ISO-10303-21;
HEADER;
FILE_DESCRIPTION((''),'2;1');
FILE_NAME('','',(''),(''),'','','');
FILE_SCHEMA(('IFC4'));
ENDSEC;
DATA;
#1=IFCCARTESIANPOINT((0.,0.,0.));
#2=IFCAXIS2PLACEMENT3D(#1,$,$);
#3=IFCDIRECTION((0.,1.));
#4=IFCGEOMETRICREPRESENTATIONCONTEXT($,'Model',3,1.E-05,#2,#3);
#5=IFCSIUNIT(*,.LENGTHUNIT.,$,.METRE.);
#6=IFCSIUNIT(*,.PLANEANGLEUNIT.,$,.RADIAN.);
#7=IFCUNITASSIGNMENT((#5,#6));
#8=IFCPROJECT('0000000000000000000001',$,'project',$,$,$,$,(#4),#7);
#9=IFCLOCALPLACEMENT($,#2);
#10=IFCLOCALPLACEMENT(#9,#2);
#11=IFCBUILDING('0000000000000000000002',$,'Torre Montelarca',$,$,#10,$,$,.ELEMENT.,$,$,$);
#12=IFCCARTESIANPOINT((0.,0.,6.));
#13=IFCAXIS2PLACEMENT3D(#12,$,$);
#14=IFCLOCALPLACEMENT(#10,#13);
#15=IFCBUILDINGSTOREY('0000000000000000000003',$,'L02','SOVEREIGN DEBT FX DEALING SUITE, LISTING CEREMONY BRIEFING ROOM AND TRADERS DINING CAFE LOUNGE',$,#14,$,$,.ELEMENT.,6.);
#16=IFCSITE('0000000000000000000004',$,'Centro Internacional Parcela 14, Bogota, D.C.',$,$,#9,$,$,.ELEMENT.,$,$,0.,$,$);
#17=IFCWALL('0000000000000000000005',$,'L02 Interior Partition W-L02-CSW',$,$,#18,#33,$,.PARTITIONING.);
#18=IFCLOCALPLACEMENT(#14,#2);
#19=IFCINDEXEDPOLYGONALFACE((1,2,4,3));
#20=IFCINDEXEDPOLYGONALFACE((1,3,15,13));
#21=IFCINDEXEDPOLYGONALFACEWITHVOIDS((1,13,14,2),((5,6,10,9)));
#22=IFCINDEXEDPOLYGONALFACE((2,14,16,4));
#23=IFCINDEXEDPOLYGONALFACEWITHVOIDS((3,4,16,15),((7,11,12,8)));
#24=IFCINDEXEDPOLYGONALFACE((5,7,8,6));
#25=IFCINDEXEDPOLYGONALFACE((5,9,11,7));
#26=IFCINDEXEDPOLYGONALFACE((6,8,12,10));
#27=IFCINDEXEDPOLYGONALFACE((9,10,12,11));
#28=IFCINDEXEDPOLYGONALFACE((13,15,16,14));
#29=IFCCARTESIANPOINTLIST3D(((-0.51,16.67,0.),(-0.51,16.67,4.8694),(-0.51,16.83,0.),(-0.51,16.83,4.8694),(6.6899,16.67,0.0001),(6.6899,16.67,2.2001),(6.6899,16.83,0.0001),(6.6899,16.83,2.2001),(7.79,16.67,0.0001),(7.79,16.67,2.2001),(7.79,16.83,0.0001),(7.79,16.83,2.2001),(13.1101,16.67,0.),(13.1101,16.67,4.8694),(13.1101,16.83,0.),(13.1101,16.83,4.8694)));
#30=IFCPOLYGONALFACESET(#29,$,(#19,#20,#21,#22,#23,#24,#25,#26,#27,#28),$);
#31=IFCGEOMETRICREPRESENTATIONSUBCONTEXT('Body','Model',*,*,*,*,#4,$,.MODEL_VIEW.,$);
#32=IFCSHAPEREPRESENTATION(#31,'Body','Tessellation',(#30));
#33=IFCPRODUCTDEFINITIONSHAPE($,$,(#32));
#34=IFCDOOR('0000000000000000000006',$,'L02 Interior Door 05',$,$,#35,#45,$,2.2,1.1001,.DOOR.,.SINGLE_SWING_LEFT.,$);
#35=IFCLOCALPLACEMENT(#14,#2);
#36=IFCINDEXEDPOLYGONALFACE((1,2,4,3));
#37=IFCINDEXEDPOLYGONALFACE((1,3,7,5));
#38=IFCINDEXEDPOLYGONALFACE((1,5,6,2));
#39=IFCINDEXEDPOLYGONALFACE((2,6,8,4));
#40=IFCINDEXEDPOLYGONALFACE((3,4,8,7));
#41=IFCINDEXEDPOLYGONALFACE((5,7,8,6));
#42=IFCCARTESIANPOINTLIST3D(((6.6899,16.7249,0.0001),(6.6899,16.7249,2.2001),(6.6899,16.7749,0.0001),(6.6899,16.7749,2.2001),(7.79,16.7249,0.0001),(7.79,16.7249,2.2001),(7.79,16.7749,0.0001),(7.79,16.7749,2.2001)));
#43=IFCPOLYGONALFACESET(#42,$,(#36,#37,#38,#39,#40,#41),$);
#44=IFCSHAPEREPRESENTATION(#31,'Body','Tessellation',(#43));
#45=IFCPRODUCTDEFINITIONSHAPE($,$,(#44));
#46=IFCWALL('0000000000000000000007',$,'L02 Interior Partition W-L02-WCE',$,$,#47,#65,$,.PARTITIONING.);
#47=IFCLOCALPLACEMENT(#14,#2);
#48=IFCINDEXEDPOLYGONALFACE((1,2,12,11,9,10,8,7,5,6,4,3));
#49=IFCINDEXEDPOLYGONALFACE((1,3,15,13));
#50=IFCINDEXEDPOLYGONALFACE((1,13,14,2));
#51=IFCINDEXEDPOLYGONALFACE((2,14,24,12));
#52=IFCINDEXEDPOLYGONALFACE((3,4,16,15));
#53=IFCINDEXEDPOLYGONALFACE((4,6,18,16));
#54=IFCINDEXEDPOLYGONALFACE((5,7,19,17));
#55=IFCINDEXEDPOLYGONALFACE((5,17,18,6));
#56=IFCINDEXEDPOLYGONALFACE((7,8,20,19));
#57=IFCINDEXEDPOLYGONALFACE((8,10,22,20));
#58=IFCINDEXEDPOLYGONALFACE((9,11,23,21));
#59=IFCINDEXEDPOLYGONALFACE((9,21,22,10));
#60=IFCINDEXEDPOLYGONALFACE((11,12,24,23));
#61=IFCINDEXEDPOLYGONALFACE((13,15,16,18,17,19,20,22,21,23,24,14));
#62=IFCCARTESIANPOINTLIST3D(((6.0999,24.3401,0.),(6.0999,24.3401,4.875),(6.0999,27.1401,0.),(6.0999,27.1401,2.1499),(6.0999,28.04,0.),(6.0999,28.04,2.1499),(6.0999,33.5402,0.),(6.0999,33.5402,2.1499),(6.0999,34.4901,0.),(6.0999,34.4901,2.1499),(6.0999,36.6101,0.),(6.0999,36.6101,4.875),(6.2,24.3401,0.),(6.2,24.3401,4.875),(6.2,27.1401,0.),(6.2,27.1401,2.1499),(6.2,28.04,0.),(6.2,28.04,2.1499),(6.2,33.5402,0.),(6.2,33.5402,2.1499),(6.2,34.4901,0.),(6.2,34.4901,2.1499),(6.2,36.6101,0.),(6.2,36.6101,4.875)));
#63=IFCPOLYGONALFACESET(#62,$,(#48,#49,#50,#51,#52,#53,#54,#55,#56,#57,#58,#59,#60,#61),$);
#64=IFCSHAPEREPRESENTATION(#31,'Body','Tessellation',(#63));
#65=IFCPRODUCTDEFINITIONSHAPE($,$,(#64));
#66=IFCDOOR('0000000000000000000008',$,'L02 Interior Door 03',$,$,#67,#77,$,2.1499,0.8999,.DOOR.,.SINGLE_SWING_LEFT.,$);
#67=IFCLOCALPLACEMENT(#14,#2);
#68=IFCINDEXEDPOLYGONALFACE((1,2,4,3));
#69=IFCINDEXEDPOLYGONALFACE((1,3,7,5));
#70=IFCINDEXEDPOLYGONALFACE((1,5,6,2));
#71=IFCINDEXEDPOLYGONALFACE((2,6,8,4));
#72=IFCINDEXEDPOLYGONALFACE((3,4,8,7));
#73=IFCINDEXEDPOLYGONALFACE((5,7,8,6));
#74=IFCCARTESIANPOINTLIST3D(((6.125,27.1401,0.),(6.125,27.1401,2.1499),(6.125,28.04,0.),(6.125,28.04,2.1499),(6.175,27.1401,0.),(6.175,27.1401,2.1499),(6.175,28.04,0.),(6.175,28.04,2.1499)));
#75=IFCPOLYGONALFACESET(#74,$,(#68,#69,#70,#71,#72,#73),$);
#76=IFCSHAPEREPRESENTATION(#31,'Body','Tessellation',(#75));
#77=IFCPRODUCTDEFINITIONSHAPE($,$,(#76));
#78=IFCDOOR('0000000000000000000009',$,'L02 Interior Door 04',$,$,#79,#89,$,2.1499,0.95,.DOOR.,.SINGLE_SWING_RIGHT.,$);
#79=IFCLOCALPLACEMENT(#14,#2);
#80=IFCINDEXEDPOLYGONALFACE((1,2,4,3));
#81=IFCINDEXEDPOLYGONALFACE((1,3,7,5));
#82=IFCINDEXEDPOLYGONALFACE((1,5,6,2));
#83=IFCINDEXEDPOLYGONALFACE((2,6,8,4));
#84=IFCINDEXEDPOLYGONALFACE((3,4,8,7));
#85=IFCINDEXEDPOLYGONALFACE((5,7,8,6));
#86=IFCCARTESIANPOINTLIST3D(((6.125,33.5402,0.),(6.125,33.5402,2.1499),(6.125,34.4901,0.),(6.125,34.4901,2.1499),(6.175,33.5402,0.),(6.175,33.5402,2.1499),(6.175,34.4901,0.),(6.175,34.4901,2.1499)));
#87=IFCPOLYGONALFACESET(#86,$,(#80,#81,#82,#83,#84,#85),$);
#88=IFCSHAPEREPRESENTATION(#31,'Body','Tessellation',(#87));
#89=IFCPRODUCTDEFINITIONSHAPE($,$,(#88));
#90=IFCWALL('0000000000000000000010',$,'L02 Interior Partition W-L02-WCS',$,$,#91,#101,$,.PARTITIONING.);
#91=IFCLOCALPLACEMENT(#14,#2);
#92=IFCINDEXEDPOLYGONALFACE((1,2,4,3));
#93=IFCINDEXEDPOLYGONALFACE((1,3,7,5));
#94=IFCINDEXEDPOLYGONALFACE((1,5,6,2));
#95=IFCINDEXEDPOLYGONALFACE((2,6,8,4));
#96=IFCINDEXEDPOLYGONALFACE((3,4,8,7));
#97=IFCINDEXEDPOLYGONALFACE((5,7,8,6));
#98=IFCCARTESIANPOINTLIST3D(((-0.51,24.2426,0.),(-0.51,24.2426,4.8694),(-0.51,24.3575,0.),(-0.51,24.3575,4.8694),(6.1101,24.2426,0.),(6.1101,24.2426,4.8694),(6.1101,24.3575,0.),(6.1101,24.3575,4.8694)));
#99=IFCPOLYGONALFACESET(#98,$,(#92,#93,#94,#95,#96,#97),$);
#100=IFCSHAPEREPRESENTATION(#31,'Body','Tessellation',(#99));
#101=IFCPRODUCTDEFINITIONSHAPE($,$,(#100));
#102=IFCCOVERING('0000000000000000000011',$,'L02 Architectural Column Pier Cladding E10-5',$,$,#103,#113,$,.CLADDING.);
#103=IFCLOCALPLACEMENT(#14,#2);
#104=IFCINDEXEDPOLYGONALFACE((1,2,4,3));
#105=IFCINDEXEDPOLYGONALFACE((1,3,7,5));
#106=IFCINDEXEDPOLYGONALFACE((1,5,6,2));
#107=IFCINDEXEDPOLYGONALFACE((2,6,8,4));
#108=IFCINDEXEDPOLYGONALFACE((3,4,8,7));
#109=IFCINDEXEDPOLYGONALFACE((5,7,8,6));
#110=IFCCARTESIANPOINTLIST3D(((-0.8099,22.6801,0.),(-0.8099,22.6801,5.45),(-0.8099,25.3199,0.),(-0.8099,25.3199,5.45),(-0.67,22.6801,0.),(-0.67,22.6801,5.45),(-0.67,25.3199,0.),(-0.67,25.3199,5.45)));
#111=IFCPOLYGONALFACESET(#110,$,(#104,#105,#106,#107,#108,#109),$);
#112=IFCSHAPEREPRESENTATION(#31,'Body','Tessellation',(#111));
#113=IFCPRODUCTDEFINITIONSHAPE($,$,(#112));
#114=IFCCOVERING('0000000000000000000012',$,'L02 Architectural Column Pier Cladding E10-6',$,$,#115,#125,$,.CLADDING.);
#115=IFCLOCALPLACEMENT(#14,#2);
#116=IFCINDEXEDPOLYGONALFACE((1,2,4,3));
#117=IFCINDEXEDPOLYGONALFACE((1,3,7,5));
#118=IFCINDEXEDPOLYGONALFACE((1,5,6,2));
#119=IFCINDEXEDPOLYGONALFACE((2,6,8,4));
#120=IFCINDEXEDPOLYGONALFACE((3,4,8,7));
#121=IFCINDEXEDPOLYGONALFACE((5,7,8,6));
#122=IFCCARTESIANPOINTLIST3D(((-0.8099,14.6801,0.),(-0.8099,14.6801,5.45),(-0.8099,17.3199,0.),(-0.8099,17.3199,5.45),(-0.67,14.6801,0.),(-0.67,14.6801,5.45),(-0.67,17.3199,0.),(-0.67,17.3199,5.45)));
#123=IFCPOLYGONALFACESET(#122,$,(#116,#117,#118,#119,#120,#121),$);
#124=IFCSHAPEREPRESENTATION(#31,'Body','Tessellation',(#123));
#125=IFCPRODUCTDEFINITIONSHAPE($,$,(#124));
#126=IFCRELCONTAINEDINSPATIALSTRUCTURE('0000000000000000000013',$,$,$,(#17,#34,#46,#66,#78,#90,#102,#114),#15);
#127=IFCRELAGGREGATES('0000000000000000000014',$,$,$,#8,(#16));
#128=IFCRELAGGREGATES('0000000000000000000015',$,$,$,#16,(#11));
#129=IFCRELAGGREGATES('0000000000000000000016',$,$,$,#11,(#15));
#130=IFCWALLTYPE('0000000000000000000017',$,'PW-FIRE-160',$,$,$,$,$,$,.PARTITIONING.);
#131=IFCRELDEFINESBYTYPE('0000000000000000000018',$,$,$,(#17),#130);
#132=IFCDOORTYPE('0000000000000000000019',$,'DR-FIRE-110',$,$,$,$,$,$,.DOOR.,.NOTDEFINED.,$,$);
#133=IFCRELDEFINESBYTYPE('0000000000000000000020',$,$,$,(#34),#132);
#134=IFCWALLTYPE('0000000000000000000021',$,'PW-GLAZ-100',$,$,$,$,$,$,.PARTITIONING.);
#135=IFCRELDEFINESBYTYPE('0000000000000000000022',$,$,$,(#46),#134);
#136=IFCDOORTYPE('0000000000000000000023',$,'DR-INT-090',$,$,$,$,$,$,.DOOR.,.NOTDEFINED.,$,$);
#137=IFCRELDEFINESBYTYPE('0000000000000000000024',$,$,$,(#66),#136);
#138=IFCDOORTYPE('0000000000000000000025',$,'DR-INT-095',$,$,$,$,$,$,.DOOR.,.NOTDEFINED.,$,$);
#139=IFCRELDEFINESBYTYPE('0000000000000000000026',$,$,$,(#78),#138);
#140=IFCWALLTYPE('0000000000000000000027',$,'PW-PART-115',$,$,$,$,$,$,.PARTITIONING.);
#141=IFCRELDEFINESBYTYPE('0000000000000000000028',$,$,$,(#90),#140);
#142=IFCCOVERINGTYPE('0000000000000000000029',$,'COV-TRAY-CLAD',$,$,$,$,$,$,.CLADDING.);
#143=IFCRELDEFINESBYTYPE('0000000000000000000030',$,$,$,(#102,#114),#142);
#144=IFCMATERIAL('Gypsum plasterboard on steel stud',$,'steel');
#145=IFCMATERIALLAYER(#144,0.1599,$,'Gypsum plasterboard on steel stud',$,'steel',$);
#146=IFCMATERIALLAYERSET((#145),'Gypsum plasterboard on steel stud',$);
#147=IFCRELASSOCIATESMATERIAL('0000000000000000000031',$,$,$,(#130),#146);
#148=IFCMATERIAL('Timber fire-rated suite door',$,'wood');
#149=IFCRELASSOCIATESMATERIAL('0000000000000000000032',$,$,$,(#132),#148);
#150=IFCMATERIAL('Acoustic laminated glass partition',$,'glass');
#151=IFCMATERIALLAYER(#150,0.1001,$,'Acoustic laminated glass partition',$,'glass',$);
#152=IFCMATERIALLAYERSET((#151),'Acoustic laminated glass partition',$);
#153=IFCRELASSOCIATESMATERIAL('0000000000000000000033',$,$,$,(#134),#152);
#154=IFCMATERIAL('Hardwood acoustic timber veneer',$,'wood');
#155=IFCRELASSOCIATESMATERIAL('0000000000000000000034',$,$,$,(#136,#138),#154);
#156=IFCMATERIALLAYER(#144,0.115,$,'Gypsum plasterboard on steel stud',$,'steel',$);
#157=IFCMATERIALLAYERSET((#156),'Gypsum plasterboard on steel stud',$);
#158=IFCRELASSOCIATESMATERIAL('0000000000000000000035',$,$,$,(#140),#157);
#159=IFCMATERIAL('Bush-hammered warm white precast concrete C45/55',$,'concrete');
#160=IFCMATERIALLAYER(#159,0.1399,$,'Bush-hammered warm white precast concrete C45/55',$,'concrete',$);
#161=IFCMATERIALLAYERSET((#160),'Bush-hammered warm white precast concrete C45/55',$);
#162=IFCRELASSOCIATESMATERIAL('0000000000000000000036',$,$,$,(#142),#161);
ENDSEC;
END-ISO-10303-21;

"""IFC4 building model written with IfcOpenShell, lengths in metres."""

from ifc_helpers import new_model, si_unit, direction, frame, frame_2d, origin, origin_2d, place, context, subcontext, project, spatial, rectangle, extrude, source, transform, mapped, material, layer, layer_set, type_object, element, fill, save


model = new_model("IFC4")

# Units and contexts
model_context = context("Model", 3, precision=1e-05, world=origin(), true_north=direction((0.0, 1.0)))
body_context = subcontext(model_context, "Body", "Model", "MODEL_VIEW")
ifc_project = project(units=[si_unit("LENGTHUNIT", "METRE"), si_unit("PLANEANGLEUNIT", "RADIAN")], contexts=[model_context])

# Site, building, storey
site_placement = place(None, origin())
site = spatial("IfcSite", under=ifc_project, at=site_placement, Name="Centro Internacional Parcela 14, Bogota, D.C.", CompositionType="ELEMENT", RefElevation=0.0)
building_placement = place(site_placement, origin())
building = spatial("IfcBuilding", under=site, at=building_placement, Name="Torre Montelarca", CompositionType="ELEMENT")
storey_placement = place(building_placement, frame((0.0, 0.0, 6.0)))
storey = spatial("IfcBuildingStorey", under=building, at=storey_placement, Name="L02", Description="SOVEREIGN DEBT FX DEALING SUITE, LISTING CEREMONY BRIEFING ROOM AND TRADERS DINING CAFE LOUNGE", CompositionType="ELEMENT", Elevation=6.0)

# Wall, opening, door
ifc_material_1 = material(Name="Gypsum plasterboard on steel stud", Category="steel")
ifc_layer_1 = layer(ifc_material_1, 0.1599, Name="Gypsum plasterboard on steel stud", Category="steel")
ifc_layer_set_1 = layer_set([ifc_layer_1], Name="Gypsum plasterboard on steel stud")
wall_type_1 = type_object("IfcWallType", Name="PW-FIRE-160", PredefinedType="PARTITIONING", material=ifc_layer_set_1)
wall_1_placement = place(storey_placement, frame((-0.51, 16.75, 0.0), z_axis=(0.0, 0.0, 1.0), x_axis=(1.0, 0.0, 0.0)))
wall_1 = element("IfcWall", 1, at=wall_1_placement, inside=storey, type_object=wall_type_1, Name="L02 Interior Partition W-L02-CSW", PredefinedType="PARTITIONING", context=body_context, shape_type="SweptSolid", body=[
    extrude(rectangle(XDim=13.6201, YDim=0.1599, at=frame_2d((6.8101, 0.0))), origin(), (0.0, 0.0, 1.0), 4.8694),
])
opening_1_placement = place(wall_1_placement, frame((7.2, 0.0, 0.0)))
opening_1 = element("IfcOpeningElement", 2, at=opening_1_placement, cuts=wall_1, PredefinedType="OPENING", context=body_context, shape_type="SweptSolid", body=[
    extrude(rectangle(XDim=1.1001, YDim=2.2, at=frame_2d((0.55, 1.1001))), frame((0.0, 0.0898, 0.0), z_axis=(0.0, -1.0, 0.0), x_axis=(1.0, 0.0, 0.0)), (0.0, 0.0, 1.0), 0.1799),
])
ifc_material_2 = material(Name="Timber fire-rated suite door", Category="wood")
door_type_1 = type_object("IfcDoorType", Name="DR-FIRE-110", OperationType="NOTDEFINED", PredefinedType="DOOR", material=ifc_material_2)
shared_shape_1 = source(origin(), body_context, "Body", "SweptSolid", [
    extrude(rectangle(XDim=1.1001, YDim=2.2, at=frame_2d((0.55, 1.1001))), frame((0.0, 0.0249, 0.0), z_axis=(0.0, -1.0, 0.0), x_axis=(1.0, 0.0, 0.0)), (0.0, 0.0, 1.0), 0.05),
])
door_1_placement = place(opening_1_placement, origin())
door_1 = element("IfcDoor", 3, at=door_1_placement, inside=storey, type_object=door_type_1, Name="L02 Interior Door 05", OperationType="SINGLE_SWING_LEFT", OverallHeight=2.2, OverallWidth=1.1001, PredefinedType="DOOR", context=body_context, shape_type="MappedRepresentation", body=[
    mapped(shared_shape_1, transform((0.0, 0.0, 0.0), scale=1.0)),
])
fill(opening_1, door_1)

# Wall, openings, doors
ifc_material_3 = material(Name="Acoustic laminated glass partition", Category="glass")
ifc_layer_2 = layer(ifc_material_3, 0.1001, Name="Acoustic laminated glass partition", Category="glass")
ifc_layer_set_2 = layer_set([ifc_layer_2], Name="Acoustic laminated glass partition")
wall_type_2 = type_object("IfcWallType", Name="PW-GLAZ-100", PredefinedType="PARTITIONING", material=ifc_layer_set_2)
wall_2_placement = place(storey_placement, frame((6.1499, 24.3401, 0.0), z_axis=(0.0, 0.0, 1.0), x_axis=(0.0, 1.0, 0.0)))
wall_2 = element("IfcWall", 4, at=wall_2_placement, inside=storey, type_object=wall_type_2, Name="L02 Interior Partition W-L02-WCE", PredefinedType="PARTITIONING", context=body_context, shape_type="SweptSolid", body=[
    extrude(rectangle(XDim=12.27, YDim=0.1001, at=frame_2d((6.135, 0.0))), origin(), (0.0, 0.0, 1.0), 4.875),
])
opening_2_placement = place(wall_2_placement, frame((2.8, 0.0, 0.0)))
opening_2 = element("IfcOpeningElement", 5, at=opening_2_placement, cuts=wall_2, PredefinedType="OPENING", context=body_context, shape_type="SweptSolid", body=[
    extrude(rectangle(XDim=0.8999, YDim=2.1499, at=frame_2d((0.45, 1.075))), frame((0.0, 0.0601, 0.0), z_axis=(0.0, -1.0, 0.0), x_axis=(1.0, 0.0, 0.0)), (0.0, 0.0, 1.0), 0.1201),
])
opening_3_placement = place(wall_2_placement, frame((9.2, 0.0, 0.0)))
opening_3 = element("IfcOpeningElement", 6, at=opening_3_placement, cuts=wall_2, PredefinedType="OPENING", context=body_context, shape_type="SweptSolid", body=[
    extrude(rectangle(XDim=0.95, YDim=2.1499, at=frame_2d((0.4751, 1.075))), frame((0.0, 0.0601, 0.0), z_axis=(0.0, -1.0, 0.0), x_axis=(1.0, 0.0, 0.0)), (0.0, 0.0, 1.0), 0.1201),
])
ifc_material_4 = material(Name="Hardwood acoustic timber veneer", Category="wood")
door_type_2 = type_object("IfcDoorType", Name="DR-INT-090", OperationType="NOTDEFINED", PredefinedType="DOOR", material=ifc_material_4)
shared_shape_2 = source(origin(), body_context, "Body", "SweptSolid", [
    extrude(rectangle(XDim=0.8999, YDim=2.1499, at=frame_2d((0.45, 1.075))), frame((0.0, 0.0249, 0.0), z_axis=(0.0, -1.0, 0.0), x_axis=(1.0, 0.0, 0.0)), (0.0, 0.0, 1.0), 0.05),
])
door_2_placement = place(opening_2_placement, origin())
door_2 = element("IfcDoor", 7, at=door_2_placement, inside=storey, type_object=door_type_2, Name="L02 Interior Door 03", OperationType="SINGLE_SWING_LEFT", OverallHeight=2.1499, OverallWidth=0.8999, PredefinedType="DOOR", context=body_context, shape_type="MappedRepresentation", body=[
    mapped(shared_shape_2, transform((0.0, 0.0, 0.0), scale=1.0)),
])
fill(opening_2, door_2)
door_type_3 = type_object("IfcDoorType", Name="DR-INT-095", OperationType="NOTDEFINED", PredefinedType="DOOR", material=ifc_material_4)
shared_shape_3 = source(origin(), body_context, "Body", "SweptSolid", [
    extrude(rectangle(XDim=0.95, YDim=2.1499, at=frame_2d((0.4751, 1.075))), frame((0.0, 0.0249, 0.0), z_axis=(0.0, -1.0, 0.0), x_axis=(1.0, 0.0, 0.0)), (0.0, 0.0, 1.0), 0.05),
])
door_3_placement = place(opening_3_placement, origin())
door_3 = element("IfcDoor", 8, at=door_3_placement, inside=storey, type_object=door_type_3, Name="L02 Interior Door 04", OperationType="SINGLE_SWING_RIGHT", OverallHeight=2.1499, OverallWidth=0.95, PredefinedType="DOOR", context=body_context, shape_type="MappedRepresentation", body=[
    mapped(shared_shape_3, transform((0.0, 0.0, 0.0), scale=1.0)),
])
fill(opening_3, door_3)

# Wall
ifc_layer_3 = layer(ifc_material_1, 0.115, Name="Gypsum plasterboard on steel stud", Category="steel")
ifc_layer_set_3 = layer_set([ifc_layer_3], Name="Gypsum plasterboard on steel stud")
wall_type_3 = type_object("IfcWallType", Name="PW-PART-115", PredefinedType="PARTITIONING", material=ifc_layer_set_3)
wall_3_placement = place(storey_placement, frame((-0.51, 24.3, 0.0), z_axis=(0.0, 0.0, 1.0), x_axis=(1.0, 0.0, 0.0)))
element("IfcWall", 9, at=wall_3_placement, inside=storey, type_object=wall_type_3, Name="L02 Interior Partition W-L02-WCS", PredefinedType="PARTITIONING", context=body_context, shape_type="SweptSolid", body=[
    extrude(rectangle(XDim=6.6201, YDim=0.115, at=frame_2d((3.3101, 0.0))), origin(), (0.0, 0.0, 1.0), 4.8694),
])

# Coverings
ifc_material_5 = material(Name="Bush-hammered warm white precast concrete C45/55", Category="concrete")
ifc_layer_4 = layer(ifc_material_5, 0.1399, Name="Bush-hammered warm white precast concrete C45/55", Category="concrete")
ifc_layer_set_4 = layer_set([ifc_layer_4], Name="Bush-hammered warm white precast concrete C45/55")
covering_type = type_object("IfcCoveringType", Name="COV-TRAY-CLAD", PredefinedType="CLADDING", material=ifc_layer_set_4)
shared_shape_4 = source(origin(), body_context, "Body", "SweptSolid", [
    extrude(rectangle(XDim=2.6399, YDim=0.1399, at=origin_2d()), origin(), (0.0, 0.0, 1.0), 5.45),
])
for number, where, z_axis, x_axis, name in (
    (10, (-0.74, 24.0, 0.0), (0.0, 0.0, 1.0), (0.0, -1.0, 0.0), "L02 Architectural Column Pier Cladding E10-5"),
    (11, (-0.74, 16.0, 0.0), (0.0, 0.0, 1.0), (0.0, -1.0, 0.0), "L02 Architectural Column Pier Cladding E10-6"),
):
    element("IfcCovering", number, at=place(storey_placement, frame(where, z_axis=z_axis, x_axis=x_axis)), inside=storey, type_object=covering_type, Name=name, PredefinedType="CLADDING", context=body_context, shape_type="MappedRepresentation", body=[
        mapped(shared_shape_4, transform((0.0, 0.0, 0.0), scale=1.0)),
    ])

save(model, "model.ifc")
